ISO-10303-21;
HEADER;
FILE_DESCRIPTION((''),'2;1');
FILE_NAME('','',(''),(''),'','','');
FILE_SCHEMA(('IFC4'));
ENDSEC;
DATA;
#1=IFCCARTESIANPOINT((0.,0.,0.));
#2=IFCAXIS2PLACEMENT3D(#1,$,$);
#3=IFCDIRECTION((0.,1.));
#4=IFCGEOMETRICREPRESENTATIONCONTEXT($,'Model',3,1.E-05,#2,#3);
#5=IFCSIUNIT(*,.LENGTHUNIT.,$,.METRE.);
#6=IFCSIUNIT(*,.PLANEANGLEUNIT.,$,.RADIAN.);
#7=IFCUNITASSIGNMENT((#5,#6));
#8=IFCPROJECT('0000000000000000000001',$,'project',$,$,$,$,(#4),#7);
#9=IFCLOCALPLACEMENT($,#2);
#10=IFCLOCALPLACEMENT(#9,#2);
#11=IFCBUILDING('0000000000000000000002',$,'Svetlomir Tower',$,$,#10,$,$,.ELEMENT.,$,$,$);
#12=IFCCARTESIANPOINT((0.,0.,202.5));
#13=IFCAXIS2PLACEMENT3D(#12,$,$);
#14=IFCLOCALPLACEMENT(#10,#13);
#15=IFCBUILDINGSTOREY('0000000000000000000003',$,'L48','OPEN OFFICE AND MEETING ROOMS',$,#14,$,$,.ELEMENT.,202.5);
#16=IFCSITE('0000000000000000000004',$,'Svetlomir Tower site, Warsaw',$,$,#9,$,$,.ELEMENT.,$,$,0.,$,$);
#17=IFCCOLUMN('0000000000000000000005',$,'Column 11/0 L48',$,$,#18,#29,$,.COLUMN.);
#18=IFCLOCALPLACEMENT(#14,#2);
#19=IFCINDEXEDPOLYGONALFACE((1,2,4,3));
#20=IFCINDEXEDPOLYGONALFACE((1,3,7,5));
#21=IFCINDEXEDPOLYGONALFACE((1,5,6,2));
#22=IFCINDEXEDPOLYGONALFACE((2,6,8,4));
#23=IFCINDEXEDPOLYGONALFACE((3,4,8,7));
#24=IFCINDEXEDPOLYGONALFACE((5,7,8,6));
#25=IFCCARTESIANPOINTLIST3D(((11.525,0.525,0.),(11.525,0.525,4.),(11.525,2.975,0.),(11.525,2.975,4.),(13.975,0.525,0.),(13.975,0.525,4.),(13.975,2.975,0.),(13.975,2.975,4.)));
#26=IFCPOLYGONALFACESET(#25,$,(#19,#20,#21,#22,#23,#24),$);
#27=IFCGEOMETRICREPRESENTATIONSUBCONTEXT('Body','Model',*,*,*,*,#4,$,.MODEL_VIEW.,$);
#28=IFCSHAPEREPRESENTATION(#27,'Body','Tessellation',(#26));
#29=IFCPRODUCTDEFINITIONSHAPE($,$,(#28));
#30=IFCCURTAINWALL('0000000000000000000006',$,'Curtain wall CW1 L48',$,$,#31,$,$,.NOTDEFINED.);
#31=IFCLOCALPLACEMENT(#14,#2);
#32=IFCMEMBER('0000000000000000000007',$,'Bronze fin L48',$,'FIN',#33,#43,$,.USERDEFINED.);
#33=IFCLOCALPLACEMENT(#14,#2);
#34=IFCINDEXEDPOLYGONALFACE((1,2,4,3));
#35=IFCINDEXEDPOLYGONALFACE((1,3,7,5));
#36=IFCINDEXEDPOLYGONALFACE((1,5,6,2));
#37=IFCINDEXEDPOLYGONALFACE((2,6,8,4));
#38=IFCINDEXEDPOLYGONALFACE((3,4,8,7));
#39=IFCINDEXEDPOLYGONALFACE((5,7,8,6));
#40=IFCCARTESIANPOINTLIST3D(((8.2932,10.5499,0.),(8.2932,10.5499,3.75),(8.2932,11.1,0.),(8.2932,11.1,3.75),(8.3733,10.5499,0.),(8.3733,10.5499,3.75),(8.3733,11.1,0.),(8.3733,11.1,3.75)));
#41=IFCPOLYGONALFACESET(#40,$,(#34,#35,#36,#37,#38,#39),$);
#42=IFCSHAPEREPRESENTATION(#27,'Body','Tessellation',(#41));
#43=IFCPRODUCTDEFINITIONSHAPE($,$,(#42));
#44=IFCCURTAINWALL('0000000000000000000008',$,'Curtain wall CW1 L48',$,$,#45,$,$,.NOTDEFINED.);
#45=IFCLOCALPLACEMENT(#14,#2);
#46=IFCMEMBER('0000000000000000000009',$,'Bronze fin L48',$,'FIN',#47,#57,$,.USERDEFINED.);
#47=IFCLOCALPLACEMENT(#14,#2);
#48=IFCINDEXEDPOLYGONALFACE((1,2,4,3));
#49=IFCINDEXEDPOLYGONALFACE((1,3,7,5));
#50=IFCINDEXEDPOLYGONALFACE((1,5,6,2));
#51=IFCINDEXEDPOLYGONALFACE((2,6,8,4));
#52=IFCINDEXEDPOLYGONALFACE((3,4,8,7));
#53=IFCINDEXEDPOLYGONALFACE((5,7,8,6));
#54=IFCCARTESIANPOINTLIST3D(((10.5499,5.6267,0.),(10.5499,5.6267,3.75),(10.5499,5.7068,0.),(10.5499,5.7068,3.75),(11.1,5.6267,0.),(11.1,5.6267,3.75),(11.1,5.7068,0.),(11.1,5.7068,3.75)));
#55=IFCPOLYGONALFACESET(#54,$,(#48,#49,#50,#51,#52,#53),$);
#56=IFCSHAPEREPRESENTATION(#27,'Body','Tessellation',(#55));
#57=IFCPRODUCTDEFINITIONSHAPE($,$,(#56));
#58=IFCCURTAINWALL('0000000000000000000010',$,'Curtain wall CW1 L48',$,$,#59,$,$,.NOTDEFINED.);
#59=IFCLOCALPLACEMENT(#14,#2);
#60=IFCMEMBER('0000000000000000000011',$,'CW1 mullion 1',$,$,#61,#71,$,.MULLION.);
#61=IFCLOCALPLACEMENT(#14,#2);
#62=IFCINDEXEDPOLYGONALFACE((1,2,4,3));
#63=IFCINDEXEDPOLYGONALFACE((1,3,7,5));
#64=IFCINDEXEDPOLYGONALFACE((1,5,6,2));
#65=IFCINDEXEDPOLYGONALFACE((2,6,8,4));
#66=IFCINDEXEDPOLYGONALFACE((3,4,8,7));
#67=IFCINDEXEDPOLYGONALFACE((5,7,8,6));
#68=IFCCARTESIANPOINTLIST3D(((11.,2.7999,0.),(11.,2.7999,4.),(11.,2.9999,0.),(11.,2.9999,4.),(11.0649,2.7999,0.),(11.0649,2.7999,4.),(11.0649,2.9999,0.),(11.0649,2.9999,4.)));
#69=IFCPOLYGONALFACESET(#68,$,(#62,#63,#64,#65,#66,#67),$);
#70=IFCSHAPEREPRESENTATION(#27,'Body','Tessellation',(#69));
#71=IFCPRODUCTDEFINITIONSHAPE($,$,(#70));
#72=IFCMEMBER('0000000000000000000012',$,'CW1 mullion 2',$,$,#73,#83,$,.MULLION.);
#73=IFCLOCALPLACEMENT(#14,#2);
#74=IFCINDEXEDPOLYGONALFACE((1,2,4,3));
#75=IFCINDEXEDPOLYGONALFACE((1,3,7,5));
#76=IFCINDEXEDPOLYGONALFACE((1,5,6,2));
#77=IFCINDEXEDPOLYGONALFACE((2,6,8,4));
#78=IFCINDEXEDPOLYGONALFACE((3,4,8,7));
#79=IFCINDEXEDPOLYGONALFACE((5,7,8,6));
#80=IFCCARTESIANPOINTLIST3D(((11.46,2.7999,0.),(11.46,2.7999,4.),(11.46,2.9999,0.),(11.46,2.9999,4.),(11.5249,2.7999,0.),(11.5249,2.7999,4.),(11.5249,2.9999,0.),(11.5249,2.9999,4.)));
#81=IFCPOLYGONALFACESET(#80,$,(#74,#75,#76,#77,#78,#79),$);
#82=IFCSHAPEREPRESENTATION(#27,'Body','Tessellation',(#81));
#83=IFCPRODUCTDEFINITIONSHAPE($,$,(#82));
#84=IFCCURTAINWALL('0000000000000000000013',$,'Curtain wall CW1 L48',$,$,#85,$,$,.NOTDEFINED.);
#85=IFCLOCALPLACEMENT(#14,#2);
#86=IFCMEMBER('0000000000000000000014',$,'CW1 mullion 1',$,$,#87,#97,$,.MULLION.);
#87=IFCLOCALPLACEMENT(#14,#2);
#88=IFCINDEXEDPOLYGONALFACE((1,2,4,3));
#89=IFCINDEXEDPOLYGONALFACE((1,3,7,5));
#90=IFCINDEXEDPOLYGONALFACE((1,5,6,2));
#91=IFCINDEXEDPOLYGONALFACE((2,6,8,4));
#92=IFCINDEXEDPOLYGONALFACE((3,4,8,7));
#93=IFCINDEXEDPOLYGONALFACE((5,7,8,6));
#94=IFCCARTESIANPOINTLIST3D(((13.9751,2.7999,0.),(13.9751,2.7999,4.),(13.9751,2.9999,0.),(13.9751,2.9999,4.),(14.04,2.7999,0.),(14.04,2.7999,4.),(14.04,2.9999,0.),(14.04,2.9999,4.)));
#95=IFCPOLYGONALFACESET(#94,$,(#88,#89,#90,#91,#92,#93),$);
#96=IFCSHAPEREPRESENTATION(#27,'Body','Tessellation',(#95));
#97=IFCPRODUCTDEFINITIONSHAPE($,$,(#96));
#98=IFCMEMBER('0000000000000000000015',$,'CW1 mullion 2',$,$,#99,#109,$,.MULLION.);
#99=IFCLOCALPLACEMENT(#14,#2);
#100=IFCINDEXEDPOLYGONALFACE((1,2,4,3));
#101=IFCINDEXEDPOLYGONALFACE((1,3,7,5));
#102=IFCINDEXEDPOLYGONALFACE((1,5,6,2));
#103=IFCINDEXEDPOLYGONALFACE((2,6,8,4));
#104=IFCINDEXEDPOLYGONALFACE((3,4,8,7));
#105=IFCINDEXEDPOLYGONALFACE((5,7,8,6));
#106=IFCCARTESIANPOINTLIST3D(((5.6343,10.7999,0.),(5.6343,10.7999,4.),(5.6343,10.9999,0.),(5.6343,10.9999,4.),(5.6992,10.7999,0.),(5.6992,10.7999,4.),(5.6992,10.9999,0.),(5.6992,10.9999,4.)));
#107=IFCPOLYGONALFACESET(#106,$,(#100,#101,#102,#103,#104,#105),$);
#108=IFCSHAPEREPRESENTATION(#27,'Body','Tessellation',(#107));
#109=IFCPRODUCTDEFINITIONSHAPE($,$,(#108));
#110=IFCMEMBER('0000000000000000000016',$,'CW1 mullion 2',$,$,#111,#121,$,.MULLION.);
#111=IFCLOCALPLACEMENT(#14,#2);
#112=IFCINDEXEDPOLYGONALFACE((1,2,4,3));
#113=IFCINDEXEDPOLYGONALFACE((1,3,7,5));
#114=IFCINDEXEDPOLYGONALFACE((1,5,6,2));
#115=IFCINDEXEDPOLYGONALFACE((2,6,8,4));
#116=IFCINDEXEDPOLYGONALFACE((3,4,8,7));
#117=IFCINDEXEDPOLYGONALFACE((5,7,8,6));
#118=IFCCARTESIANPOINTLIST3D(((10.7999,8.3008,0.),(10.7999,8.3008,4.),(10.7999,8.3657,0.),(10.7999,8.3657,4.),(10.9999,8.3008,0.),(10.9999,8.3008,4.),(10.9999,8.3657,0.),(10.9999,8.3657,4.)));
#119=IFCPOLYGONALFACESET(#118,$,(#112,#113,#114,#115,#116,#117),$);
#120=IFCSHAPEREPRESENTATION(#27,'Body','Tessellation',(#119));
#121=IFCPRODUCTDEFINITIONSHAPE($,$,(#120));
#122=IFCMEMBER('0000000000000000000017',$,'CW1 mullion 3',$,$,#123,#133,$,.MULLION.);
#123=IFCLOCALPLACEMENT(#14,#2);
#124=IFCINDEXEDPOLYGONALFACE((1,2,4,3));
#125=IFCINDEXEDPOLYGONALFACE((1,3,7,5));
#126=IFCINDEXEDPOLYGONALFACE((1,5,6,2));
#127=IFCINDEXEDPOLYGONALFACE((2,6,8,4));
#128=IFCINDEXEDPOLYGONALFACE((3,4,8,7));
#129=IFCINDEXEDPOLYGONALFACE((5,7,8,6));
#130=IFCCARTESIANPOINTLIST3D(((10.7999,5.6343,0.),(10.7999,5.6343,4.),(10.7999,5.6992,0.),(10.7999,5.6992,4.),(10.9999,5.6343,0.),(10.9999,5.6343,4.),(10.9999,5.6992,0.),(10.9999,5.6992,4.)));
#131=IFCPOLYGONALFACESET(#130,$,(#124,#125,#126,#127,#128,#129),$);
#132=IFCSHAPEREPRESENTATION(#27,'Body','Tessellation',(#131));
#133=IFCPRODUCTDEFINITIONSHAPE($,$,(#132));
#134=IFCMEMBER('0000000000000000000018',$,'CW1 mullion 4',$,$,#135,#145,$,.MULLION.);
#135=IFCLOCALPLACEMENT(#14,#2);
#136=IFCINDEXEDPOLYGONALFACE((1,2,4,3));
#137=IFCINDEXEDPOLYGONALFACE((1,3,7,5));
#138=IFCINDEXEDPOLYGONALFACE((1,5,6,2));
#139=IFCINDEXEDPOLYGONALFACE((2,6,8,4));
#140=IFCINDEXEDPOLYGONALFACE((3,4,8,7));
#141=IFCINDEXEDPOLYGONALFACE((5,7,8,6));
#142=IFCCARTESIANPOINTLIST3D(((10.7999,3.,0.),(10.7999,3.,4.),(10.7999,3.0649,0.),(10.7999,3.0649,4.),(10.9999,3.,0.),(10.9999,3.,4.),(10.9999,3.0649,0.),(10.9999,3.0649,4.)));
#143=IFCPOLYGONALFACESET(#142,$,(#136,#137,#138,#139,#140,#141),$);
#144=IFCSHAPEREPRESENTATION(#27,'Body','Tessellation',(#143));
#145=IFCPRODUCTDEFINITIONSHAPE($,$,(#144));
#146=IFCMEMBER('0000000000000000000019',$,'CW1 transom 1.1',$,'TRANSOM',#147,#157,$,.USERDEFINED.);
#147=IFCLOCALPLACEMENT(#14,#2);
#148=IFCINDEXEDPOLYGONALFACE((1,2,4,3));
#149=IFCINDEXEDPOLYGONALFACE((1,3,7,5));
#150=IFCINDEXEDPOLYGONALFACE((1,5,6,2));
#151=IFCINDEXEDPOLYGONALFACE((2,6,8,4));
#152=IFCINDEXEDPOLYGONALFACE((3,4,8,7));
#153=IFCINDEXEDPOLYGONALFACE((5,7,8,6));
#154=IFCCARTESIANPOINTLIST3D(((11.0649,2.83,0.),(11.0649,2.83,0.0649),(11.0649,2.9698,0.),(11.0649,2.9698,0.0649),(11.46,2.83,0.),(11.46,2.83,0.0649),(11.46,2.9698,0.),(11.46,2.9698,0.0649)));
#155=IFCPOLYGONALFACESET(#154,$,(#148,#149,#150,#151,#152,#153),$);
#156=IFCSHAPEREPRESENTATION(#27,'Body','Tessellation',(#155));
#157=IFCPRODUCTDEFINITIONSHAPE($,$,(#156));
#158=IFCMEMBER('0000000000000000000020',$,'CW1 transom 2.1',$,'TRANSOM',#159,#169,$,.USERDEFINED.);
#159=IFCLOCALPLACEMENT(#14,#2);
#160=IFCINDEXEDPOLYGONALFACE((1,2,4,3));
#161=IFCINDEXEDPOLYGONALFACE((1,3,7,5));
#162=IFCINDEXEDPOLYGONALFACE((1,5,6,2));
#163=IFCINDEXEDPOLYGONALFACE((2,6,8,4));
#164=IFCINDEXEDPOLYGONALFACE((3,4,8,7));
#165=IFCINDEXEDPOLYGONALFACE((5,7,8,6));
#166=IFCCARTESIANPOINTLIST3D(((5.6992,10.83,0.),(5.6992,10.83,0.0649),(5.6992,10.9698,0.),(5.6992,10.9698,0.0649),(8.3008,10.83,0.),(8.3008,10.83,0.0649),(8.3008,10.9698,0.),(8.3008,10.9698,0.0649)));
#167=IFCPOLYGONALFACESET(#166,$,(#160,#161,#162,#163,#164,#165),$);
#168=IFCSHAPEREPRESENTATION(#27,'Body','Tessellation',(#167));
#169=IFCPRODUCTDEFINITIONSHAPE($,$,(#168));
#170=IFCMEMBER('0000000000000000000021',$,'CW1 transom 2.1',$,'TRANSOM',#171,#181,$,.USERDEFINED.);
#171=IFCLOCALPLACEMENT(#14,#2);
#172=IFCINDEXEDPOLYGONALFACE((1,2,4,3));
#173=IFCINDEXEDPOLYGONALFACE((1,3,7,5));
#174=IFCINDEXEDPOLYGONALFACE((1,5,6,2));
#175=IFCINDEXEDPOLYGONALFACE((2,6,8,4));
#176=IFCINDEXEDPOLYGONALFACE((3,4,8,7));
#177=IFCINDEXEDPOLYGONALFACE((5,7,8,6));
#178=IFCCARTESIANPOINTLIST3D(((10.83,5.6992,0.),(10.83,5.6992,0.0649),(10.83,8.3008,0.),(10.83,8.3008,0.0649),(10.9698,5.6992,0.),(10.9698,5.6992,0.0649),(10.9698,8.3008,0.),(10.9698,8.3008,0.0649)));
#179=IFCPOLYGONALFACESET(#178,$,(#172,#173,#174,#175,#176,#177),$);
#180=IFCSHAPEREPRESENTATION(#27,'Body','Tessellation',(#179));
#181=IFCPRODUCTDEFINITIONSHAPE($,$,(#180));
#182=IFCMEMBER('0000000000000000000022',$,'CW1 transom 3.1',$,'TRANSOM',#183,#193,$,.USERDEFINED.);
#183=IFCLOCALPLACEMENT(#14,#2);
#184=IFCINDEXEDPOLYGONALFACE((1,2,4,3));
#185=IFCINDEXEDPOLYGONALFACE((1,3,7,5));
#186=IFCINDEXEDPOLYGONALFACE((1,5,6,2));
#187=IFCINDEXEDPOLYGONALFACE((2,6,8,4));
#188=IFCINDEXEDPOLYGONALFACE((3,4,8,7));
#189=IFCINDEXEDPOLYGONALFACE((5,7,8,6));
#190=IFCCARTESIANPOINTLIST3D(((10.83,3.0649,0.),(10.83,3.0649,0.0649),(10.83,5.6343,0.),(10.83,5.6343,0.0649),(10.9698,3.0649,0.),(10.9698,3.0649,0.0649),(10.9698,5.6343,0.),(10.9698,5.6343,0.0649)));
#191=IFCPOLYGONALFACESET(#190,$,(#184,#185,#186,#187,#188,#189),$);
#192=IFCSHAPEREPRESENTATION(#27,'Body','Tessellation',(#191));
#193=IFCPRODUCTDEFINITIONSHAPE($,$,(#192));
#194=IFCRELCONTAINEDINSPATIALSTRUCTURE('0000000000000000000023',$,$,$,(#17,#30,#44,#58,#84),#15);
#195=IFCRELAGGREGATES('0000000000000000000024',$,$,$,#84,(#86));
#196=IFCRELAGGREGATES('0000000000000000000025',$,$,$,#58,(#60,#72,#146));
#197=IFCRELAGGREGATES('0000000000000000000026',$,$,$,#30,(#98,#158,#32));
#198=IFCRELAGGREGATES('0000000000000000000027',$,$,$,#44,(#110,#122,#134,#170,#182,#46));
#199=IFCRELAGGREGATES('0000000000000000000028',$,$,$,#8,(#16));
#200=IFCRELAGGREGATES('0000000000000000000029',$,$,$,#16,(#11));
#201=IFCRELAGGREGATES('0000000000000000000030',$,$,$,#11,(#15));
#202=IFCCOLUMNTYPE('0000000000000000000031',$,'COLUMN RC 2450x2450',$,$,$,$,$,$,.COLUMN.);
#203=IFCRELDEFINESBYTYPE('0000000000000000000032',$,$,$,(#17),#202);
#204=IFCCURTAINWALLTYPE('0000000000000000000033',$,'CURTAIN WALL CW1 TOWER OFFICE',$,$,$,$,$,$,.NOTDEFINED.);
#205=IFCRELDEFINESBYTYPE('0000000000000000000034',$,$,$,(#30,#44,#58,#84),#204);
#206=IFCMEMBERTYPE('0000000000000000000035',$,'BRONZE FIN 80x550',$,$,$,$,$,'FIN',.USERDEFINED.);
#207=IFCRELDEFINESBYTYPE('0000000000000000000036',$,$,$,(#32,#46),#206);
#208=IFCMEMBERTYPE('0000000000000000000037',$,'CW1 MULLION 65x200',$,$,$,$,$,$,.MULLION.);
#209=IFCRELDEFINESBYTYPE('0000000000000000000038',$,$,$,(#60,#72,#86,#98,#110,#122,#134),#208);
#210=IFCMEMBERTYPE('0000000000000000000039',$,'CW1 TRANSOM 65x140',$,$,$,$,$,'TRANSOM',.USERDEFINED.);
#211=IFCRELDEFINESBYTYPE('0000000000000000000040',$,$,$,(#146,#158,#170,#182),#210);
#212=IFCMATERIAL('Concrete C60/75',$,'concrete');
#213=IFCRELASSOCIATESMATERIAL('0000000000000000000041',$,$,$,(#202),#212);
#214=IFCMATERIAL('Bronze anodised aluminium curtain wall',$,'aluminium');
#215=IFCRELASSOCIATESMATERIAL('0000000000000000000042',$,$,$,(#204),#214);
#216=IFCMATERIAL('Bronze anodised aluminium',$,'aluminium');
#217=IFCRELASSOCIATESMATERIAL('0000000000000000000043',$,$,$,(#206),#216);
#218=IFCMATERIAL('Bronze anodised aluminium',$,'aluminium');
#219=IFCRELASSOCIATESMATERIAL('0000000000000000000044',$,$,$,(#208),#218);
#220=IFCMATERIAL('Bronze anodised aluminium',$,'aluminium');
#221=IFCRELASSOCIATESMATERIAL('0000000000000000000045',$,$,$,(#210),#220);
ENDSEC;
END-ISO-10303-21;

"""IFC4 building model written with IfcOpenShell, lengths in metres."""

from ifc_helpers import new_model, si_unit, direction, frame, origin, origin_2d, place, context, subcontext, project, spatial, rectangle, extrude, material, material_profile, profile_set, type_object, element, aggregate, save


model = new_model("IFC4")

# Units and contexts
model_context = context("Model", 3, precision=1e-05, world=origin(), true_north=direction((0.0, 1.0)))
body_context = subcontext(model_context, "Body", "Model", "MODEL_VIEW")
ifc_project = project(units=[si_unit("LENGTHUNIT", "METRE"), si_unit("PLANEANGLEUNIT", "RADIAN")], contexts=[model_context])

# Site, building, storey
site_placement = place(None, origin())
site = spatial("IfcSite", under=ifc_project, at=site_placement, Name="Svetlomir Tower site, Warsaw", CompositionType="ELEMENT", RefElevation=0.0)
building_placement = place(site_placement, origin())
building = spatial("IfcBuilding", under=site, at=building_placement, Name="Svetlomir Tower", CompositionType="ELEMENT")
storey_placement = place(building_placement, frame((0.0, 0.0, 202.5)))
storey = spatial("IfcBuildingStorey", under=building, at=storey_placement, Name="L48", Description="OPEN OFFICE AND MEETING ROOMS", CompositionType="ELEMENT", Elevation=202.5)

# Column
ifc_material_1 = material(Name="Concrete C60/75", Category="concrete")
ifc_material_profile_1 = material_profile(ifc_material_1, rectangle(XDim=2.45, YDim=2.45, at=origin_2d()), Name="RC 2450x2450")
ifc_profile_set_1 = profile_set([ifc_material_profile_1], Name="Concrete C60/75")
column_type = type_object("IfcColumnType", Name="COLUMN RC 2450x2450", PredefinedType="COLUMN", material=ifc_profile_set_1)
column_placement = place(storey_placement, frame((12.75, 1.75, 0.0), z_axis=(0.0, 0.0, 1.0), x_axis=(1.0, 0.0, 0.0)))
element("IfcColumn", 1, at=column_placement, inside=storey, type_object=column_type, Name="Column 11/0 L48", PredefinedType="COLUMN", context=body_context, shape_type="SweptSolid", body=[
    extrude(rectangle(XDim=2.45, YDim=2.45, at=origin_2d()), origin(), (0.0, 0.0, 1.0), 4.0),
])

# Curtain walls, members
ifc_material_2 = material(Name="Bronze anodised aluminium curtain wall", Category="aluminium")
curtain_wall_type = type_object("IfcCurtainWallType", Name="CURTAIN WALL CW1 TOWER OFFICE", PredefinedType="NOTDEFINED", material=ifc_material_2)
curtain_wall_1_placement = place(storey_placement, origin())
curtain_wall_1 = element("IfcCurtainWall", 2, at=curtain_wall_1_placement, inside=storey, type_object=curtain_wall_type, Name="Curtain wall CW1 L48", PredefinedType="NOTDEFINED")
ifc_material_3 = material(Name="Bronze anodised aluminium", Category="aluminium")
ifc_material_profile_2 = material_profile(ifc_material_3, rectangle(XDim=0.0801, YDim=0.55, at=origin_2d()), Name="FIN 80x550")
ifc_profile_set_2 = profile_set([ifc_material_profile_2], Name="Bronze anodised aluminium 6063-T6")
member_type_1 = type_object("IfcMemberType", Name="BRONZE FIN 80x550", ElementType="FIN", PredefinedType="USERDEFINED", material=ifc_profile_set_2)
member_1_placement = place(storey_placement, frame((8.3333, 10.825, 0.0), z_axis=(0.0, 0.0, 1.0), x_axis=(1.0, 0.0, 0.0)))
member_1 = element("IfcMember", 3, at=member_1_placement, type_object=member_type_1, Name="Bronze fin L48", ObjectType="FIN", PredefinedType="USERDEFINED", context=body_context, shape_type="SweptSolid", body=[
    extrude(rectangle(XDim=0.0801, YDim=0.55, at=origin_2d()), origin(), (0.0, 0.0, 1.0), 3.75),
])
curtain_wall_2_placement = place(storey_placement, origin())
curtain_wall_2 = element("IfcCurtainWall", 4, at=curtain_wall_2_placement, inside=storey, type_object=curtain_wall_type, Name="Curtain wall CW1 L48", PredefinedType="NOTDEFINED")
member_2_placement = place(storey_placement, frame((10.825, 5.6667, 0.0), z_axis=(0.0, 0.0, 1.0), x_axis=(0.0, 1.0, 0.0)))
member_2 = element("IfcMember", 5, at=member_2_placement, type_object=member_type_1, Name="Bronze fin L48", ObjectType="FIN", PredefinedType="USERDEFINED", context=body_context, shape_type="SweptSolid", body=[
    extrude(rectangle(XDim=0.0801, YDim=0.55, at=origin_2d()), origin(), (0.0, 0.0, 1.0), 3.75),
])

# Curtain wall, members
curtain_wall_3_placement = place(storey_placement, origin())
curtain_wall_3 = element("IfcCurtainWall", 6, at=curtain_wall_3_placement, inside=storey, type_object=curtain_wall_type, Name="Curtain wall CW1 L48", PredefinedType="NOTDEFINED")
ifc_material_4 = material(Name="Bronze anodised aluminium", Category="aluminium")
ifc_material_profile_3 = material_profile(ifc_material_4, rectangle(XDim=0.0649, YDim=0.2, at=origin_2d()), Name="AL 65x200")
ifc_profile_set_3 = profile_set([ifc_material_profile_3], Name="Bronze anodised aluminium 6063-T6")
member_type_2 = type_object("IfcMemberType", Name="CW1 MULLION 65x200", PredefinedType="MULLION", material=ifc_profile_set_3)
member_3_placement = place(storey_placement, frame((11.0325, 2.8999, 0.0), z_axis=(0.0, 0.0, 1.0), x_axis=(1.0, 0.0, 0.0)))
member_3 = element("IfcMember", 7, at=member_3_placement, type_object=member_type_2, Name="CW1 mullion 1", PredefinedType="MULLION", context=body_context, shape_type="SweptSolid", body=[
    extrude(rectangle(XDim=0.0649, YDim=0.2, at=origin_2d()), origin(), (0.0, 0.0, 1.0), 4.0),
])
member_4_placement = place(storey_placement, frame((11.4924, 2.8999, 0.0), z_axis=(0.0, 0.0, 1.0), x_axis=(1.0, 0.0, 0.0)))
member_4 = element("IfcMember", 8, at=member_4_placement, type_object=member_type_2, Name="CW1 mullion 2", PredefinedType="MULLION", context=body_context, shape_type="SweptSolid", body=[
    extrude(rectangle(XDim=0.0649, YDim=0.2, at=origin_2d()), origin(), (0.0, 0.0, 1.0), 4.0),
])

# Curtain wall, member
curtain_wall_4_placement = place(storey_placement, origin())
curtain_wall_4 = element("IfcCurtainWall", 9, at=curtain_wall_4_placement, inside=storey, type_object=curtain_wall_type, Name="Curtain wall CW1 L48", PredefinedType="NOTDEFINED")
member_5_placement = place(storey_placement, frame((14.0076, 2.8999, 0.0), z_axis=(0.0, 0.0, 1.0), x_axis=(1.0, 0.0, 0.0)))
member_5 = element("IfcMember", 10, at=member_5_placement, type_object=member_type_2, Name="CW1 mullion 1", PredefinedType="MULLION", context=body_context, shape_type="SweptSolid", body=[
    extrude(rectangle(XDim=0.0649, YDim=0.2, at=origin_2d()), origin(), (0.0, 0.0, 1.0), 4.0),
])
aggregate(curtain_wall_4, [member_5])

# Members
member_6_placement = place(storey_placement, frame((5.6667, 10.8999, 0.0), z_axis=(0.0, 0.0, 1.0), x_axis=(1.0, 0.0, 0.0)))
member_6 = element("IfcMember", 11, at=member_6_placement, type_object=member_type_2, Name="CW1 mullion 2", PredefinedType="MULLION", context=body_context, shape_type="SweptSolid", body=[
    extrude(rectangle(XDim=0.0649, YDim=0.2, at=origin_2d()), origin(), (0.0, 0.0, 1.0), 4.0),
])
member_7_placement = place(storey_placement, frame((10.8999, 8.3333, 0.0), z_axis=(0.0, 0.0, 1.0), x_axis=(0.0, -1.0, 0.0)))
member_7 = element("IfcMember", 12, at=member_7_placement, type_object=member_type_2, Name="CW1 mullion 2", PredefinedType="MULLION", context=body_context, shape_type="SweptSolid", body=[
    extrude(rectangle(XDim=0.0649, YDim=0.2, at=origin_2d()), origin(), (0.0, 0.0, 1.0), 4.0),
])
member_8_placement = place(storey_placement, frame((10.8999, 5.6667, 0.0), z_axis=(0.0, 0.0, 1.0), x_axis=(0.0, -1.0, 0.0)))
member_8 = element("IfcMember", 13, at=member_8_placement, type_object=member_type_2, Name="CW1 mullion 3", PredefinedType="MULLION", context=body_context, shape_type="SweptSolid", body=[
    extrude(rectangle(XDim=0.0649, YDim=0.2, at=origin_2d()), origin(), (0.0, 0.0, 1.0), 4.0),
])
member_9_placement = place(storey_placement, frame((10.8999, 3.0325, 0.0), z_axis=(0.0, 0.0, 1.0), x_axis=(0.0, -1.0, 0.0)))
member_9 = element("IfcMember", 14, at=member_9_placement, type_object=member_type_2, Name="CW1 mullion 4", PredefinedType="MULLION", context=body_context, shape_type="SweptSolid", body=[
    extrude(rectangle(XDim=0.0649, YDim=0.2, at=origin_2d()), origin(), (0.0, 0.0, 1.0), 4.0),
])
ifc_material_5 = material(Name="Bronze anodised aluminium", Category="aluminium")
ifc_material_profile_4 = material_profile(ifc_material_5, rectangle(XDim=0.1399, YDim=0.0649, at=origin_2d()), Name="AL 140x65")
ifc_profile_set_4 = profile_set([ifc_material_profile_4], Name="Bronze anodised aluminium 6063-T6")
member_type_3 = type_object("IfcMemberType", Name="CW1 TRANSOM 65x140", ElementType="TRANSOM", PredefinedType="USERDEFINED", material=ifc_profile_set_4)
member_10_placement = place(storey_placement, frame((11.0649, 2.8999, 0.0325), z_axis=(1.0, 0.0, 0.0), x_axis=(0.0, 1.0, 0.0)))
member_10 = element("IfcMember", 15, at=member_10_placement, type_object=member_type_3, Name="CW1 transom 1.1", ObjectType="TRANSOM", PredefinedType="USERDEFINED", context=body_context, shape_type="SweptSolid", body=[
    extrude(rectangle(XDim=0.1399, YDim=0.0649, at=origin_2d()), origin(), (0.0, 0.0, 1.0), 0.395),
])
member_11_placement = place(storey_placement, frame((5.6992, 10.8999, 0.0325), z_axis=(1.0, 0.0, 0.0), x_axis=(0.0, 1.0, 0.0)))
member_11 = element("IfcMember", 16, at=member_11_placement, type_object=member_type_3, Name="CW1 transom 2.1", ObjectType="TRANSOM", PredefinedType="USERDEFINED", context=body_context, shape_type="SweptSolid", body=[
    extrude(rectangle(XDim=0.1399, YDim=0.0649, at=origin_2d()), origin(), (0.0, 0.0, 1.0), 2.6016),
])
member_12_placement = place(storey_placement, frame((10.8999, 8.3008, 0.0325), z_axis=(0.0, -1.0, 0.0), x_axis=(1.0, 0.0, 0.0)))
member_12 = element("IfcMember", 17, at=member_12_placement, type_object=member_type_3, Name="CW1 transom 2.1", ObjectType="TRANSOM", PredefinedType="USERDEFINED", context=body_context, shape_type="SweptSolid", body=[
    extrude(rectangle(XDim=0.1399, YDim=0.0649, at=origin_2d()), origin(), (0.0, 0.0, 1.0), 2.6016),
])
member_13_placement = place(storey_placement, frame((10.8999, 5.6343, 0.0325), z_axis=(0.0, -1.0, 0.0), x_axis=(1.0, 0.0, 0.0)))
member_13 = element("IfcMember", 18, at=member_13_placement, type_object=member_type_3, Name="CW1 transom 3.1", ObjectType="TRANSOM", PredefinedType="USERDEFINED", context=body_context, shape_type="SweptSolid", body=[
    extrude(rectangle(XDim=0.1399, YDim=0.0649, at=origin_2d()), origin(), (0.0, 0.0, 1.0), 2.5693),
])

aggregate(curtain_wall_3, [member_3, member_4, member_10])
aggregate(curtain_wall_1, [member_6, member_11, member_1])
aggregate(curtain_wall_2, [member_7, member_8, member_9, member_12, member_13, member_2])

save(model, "model.ifc")
